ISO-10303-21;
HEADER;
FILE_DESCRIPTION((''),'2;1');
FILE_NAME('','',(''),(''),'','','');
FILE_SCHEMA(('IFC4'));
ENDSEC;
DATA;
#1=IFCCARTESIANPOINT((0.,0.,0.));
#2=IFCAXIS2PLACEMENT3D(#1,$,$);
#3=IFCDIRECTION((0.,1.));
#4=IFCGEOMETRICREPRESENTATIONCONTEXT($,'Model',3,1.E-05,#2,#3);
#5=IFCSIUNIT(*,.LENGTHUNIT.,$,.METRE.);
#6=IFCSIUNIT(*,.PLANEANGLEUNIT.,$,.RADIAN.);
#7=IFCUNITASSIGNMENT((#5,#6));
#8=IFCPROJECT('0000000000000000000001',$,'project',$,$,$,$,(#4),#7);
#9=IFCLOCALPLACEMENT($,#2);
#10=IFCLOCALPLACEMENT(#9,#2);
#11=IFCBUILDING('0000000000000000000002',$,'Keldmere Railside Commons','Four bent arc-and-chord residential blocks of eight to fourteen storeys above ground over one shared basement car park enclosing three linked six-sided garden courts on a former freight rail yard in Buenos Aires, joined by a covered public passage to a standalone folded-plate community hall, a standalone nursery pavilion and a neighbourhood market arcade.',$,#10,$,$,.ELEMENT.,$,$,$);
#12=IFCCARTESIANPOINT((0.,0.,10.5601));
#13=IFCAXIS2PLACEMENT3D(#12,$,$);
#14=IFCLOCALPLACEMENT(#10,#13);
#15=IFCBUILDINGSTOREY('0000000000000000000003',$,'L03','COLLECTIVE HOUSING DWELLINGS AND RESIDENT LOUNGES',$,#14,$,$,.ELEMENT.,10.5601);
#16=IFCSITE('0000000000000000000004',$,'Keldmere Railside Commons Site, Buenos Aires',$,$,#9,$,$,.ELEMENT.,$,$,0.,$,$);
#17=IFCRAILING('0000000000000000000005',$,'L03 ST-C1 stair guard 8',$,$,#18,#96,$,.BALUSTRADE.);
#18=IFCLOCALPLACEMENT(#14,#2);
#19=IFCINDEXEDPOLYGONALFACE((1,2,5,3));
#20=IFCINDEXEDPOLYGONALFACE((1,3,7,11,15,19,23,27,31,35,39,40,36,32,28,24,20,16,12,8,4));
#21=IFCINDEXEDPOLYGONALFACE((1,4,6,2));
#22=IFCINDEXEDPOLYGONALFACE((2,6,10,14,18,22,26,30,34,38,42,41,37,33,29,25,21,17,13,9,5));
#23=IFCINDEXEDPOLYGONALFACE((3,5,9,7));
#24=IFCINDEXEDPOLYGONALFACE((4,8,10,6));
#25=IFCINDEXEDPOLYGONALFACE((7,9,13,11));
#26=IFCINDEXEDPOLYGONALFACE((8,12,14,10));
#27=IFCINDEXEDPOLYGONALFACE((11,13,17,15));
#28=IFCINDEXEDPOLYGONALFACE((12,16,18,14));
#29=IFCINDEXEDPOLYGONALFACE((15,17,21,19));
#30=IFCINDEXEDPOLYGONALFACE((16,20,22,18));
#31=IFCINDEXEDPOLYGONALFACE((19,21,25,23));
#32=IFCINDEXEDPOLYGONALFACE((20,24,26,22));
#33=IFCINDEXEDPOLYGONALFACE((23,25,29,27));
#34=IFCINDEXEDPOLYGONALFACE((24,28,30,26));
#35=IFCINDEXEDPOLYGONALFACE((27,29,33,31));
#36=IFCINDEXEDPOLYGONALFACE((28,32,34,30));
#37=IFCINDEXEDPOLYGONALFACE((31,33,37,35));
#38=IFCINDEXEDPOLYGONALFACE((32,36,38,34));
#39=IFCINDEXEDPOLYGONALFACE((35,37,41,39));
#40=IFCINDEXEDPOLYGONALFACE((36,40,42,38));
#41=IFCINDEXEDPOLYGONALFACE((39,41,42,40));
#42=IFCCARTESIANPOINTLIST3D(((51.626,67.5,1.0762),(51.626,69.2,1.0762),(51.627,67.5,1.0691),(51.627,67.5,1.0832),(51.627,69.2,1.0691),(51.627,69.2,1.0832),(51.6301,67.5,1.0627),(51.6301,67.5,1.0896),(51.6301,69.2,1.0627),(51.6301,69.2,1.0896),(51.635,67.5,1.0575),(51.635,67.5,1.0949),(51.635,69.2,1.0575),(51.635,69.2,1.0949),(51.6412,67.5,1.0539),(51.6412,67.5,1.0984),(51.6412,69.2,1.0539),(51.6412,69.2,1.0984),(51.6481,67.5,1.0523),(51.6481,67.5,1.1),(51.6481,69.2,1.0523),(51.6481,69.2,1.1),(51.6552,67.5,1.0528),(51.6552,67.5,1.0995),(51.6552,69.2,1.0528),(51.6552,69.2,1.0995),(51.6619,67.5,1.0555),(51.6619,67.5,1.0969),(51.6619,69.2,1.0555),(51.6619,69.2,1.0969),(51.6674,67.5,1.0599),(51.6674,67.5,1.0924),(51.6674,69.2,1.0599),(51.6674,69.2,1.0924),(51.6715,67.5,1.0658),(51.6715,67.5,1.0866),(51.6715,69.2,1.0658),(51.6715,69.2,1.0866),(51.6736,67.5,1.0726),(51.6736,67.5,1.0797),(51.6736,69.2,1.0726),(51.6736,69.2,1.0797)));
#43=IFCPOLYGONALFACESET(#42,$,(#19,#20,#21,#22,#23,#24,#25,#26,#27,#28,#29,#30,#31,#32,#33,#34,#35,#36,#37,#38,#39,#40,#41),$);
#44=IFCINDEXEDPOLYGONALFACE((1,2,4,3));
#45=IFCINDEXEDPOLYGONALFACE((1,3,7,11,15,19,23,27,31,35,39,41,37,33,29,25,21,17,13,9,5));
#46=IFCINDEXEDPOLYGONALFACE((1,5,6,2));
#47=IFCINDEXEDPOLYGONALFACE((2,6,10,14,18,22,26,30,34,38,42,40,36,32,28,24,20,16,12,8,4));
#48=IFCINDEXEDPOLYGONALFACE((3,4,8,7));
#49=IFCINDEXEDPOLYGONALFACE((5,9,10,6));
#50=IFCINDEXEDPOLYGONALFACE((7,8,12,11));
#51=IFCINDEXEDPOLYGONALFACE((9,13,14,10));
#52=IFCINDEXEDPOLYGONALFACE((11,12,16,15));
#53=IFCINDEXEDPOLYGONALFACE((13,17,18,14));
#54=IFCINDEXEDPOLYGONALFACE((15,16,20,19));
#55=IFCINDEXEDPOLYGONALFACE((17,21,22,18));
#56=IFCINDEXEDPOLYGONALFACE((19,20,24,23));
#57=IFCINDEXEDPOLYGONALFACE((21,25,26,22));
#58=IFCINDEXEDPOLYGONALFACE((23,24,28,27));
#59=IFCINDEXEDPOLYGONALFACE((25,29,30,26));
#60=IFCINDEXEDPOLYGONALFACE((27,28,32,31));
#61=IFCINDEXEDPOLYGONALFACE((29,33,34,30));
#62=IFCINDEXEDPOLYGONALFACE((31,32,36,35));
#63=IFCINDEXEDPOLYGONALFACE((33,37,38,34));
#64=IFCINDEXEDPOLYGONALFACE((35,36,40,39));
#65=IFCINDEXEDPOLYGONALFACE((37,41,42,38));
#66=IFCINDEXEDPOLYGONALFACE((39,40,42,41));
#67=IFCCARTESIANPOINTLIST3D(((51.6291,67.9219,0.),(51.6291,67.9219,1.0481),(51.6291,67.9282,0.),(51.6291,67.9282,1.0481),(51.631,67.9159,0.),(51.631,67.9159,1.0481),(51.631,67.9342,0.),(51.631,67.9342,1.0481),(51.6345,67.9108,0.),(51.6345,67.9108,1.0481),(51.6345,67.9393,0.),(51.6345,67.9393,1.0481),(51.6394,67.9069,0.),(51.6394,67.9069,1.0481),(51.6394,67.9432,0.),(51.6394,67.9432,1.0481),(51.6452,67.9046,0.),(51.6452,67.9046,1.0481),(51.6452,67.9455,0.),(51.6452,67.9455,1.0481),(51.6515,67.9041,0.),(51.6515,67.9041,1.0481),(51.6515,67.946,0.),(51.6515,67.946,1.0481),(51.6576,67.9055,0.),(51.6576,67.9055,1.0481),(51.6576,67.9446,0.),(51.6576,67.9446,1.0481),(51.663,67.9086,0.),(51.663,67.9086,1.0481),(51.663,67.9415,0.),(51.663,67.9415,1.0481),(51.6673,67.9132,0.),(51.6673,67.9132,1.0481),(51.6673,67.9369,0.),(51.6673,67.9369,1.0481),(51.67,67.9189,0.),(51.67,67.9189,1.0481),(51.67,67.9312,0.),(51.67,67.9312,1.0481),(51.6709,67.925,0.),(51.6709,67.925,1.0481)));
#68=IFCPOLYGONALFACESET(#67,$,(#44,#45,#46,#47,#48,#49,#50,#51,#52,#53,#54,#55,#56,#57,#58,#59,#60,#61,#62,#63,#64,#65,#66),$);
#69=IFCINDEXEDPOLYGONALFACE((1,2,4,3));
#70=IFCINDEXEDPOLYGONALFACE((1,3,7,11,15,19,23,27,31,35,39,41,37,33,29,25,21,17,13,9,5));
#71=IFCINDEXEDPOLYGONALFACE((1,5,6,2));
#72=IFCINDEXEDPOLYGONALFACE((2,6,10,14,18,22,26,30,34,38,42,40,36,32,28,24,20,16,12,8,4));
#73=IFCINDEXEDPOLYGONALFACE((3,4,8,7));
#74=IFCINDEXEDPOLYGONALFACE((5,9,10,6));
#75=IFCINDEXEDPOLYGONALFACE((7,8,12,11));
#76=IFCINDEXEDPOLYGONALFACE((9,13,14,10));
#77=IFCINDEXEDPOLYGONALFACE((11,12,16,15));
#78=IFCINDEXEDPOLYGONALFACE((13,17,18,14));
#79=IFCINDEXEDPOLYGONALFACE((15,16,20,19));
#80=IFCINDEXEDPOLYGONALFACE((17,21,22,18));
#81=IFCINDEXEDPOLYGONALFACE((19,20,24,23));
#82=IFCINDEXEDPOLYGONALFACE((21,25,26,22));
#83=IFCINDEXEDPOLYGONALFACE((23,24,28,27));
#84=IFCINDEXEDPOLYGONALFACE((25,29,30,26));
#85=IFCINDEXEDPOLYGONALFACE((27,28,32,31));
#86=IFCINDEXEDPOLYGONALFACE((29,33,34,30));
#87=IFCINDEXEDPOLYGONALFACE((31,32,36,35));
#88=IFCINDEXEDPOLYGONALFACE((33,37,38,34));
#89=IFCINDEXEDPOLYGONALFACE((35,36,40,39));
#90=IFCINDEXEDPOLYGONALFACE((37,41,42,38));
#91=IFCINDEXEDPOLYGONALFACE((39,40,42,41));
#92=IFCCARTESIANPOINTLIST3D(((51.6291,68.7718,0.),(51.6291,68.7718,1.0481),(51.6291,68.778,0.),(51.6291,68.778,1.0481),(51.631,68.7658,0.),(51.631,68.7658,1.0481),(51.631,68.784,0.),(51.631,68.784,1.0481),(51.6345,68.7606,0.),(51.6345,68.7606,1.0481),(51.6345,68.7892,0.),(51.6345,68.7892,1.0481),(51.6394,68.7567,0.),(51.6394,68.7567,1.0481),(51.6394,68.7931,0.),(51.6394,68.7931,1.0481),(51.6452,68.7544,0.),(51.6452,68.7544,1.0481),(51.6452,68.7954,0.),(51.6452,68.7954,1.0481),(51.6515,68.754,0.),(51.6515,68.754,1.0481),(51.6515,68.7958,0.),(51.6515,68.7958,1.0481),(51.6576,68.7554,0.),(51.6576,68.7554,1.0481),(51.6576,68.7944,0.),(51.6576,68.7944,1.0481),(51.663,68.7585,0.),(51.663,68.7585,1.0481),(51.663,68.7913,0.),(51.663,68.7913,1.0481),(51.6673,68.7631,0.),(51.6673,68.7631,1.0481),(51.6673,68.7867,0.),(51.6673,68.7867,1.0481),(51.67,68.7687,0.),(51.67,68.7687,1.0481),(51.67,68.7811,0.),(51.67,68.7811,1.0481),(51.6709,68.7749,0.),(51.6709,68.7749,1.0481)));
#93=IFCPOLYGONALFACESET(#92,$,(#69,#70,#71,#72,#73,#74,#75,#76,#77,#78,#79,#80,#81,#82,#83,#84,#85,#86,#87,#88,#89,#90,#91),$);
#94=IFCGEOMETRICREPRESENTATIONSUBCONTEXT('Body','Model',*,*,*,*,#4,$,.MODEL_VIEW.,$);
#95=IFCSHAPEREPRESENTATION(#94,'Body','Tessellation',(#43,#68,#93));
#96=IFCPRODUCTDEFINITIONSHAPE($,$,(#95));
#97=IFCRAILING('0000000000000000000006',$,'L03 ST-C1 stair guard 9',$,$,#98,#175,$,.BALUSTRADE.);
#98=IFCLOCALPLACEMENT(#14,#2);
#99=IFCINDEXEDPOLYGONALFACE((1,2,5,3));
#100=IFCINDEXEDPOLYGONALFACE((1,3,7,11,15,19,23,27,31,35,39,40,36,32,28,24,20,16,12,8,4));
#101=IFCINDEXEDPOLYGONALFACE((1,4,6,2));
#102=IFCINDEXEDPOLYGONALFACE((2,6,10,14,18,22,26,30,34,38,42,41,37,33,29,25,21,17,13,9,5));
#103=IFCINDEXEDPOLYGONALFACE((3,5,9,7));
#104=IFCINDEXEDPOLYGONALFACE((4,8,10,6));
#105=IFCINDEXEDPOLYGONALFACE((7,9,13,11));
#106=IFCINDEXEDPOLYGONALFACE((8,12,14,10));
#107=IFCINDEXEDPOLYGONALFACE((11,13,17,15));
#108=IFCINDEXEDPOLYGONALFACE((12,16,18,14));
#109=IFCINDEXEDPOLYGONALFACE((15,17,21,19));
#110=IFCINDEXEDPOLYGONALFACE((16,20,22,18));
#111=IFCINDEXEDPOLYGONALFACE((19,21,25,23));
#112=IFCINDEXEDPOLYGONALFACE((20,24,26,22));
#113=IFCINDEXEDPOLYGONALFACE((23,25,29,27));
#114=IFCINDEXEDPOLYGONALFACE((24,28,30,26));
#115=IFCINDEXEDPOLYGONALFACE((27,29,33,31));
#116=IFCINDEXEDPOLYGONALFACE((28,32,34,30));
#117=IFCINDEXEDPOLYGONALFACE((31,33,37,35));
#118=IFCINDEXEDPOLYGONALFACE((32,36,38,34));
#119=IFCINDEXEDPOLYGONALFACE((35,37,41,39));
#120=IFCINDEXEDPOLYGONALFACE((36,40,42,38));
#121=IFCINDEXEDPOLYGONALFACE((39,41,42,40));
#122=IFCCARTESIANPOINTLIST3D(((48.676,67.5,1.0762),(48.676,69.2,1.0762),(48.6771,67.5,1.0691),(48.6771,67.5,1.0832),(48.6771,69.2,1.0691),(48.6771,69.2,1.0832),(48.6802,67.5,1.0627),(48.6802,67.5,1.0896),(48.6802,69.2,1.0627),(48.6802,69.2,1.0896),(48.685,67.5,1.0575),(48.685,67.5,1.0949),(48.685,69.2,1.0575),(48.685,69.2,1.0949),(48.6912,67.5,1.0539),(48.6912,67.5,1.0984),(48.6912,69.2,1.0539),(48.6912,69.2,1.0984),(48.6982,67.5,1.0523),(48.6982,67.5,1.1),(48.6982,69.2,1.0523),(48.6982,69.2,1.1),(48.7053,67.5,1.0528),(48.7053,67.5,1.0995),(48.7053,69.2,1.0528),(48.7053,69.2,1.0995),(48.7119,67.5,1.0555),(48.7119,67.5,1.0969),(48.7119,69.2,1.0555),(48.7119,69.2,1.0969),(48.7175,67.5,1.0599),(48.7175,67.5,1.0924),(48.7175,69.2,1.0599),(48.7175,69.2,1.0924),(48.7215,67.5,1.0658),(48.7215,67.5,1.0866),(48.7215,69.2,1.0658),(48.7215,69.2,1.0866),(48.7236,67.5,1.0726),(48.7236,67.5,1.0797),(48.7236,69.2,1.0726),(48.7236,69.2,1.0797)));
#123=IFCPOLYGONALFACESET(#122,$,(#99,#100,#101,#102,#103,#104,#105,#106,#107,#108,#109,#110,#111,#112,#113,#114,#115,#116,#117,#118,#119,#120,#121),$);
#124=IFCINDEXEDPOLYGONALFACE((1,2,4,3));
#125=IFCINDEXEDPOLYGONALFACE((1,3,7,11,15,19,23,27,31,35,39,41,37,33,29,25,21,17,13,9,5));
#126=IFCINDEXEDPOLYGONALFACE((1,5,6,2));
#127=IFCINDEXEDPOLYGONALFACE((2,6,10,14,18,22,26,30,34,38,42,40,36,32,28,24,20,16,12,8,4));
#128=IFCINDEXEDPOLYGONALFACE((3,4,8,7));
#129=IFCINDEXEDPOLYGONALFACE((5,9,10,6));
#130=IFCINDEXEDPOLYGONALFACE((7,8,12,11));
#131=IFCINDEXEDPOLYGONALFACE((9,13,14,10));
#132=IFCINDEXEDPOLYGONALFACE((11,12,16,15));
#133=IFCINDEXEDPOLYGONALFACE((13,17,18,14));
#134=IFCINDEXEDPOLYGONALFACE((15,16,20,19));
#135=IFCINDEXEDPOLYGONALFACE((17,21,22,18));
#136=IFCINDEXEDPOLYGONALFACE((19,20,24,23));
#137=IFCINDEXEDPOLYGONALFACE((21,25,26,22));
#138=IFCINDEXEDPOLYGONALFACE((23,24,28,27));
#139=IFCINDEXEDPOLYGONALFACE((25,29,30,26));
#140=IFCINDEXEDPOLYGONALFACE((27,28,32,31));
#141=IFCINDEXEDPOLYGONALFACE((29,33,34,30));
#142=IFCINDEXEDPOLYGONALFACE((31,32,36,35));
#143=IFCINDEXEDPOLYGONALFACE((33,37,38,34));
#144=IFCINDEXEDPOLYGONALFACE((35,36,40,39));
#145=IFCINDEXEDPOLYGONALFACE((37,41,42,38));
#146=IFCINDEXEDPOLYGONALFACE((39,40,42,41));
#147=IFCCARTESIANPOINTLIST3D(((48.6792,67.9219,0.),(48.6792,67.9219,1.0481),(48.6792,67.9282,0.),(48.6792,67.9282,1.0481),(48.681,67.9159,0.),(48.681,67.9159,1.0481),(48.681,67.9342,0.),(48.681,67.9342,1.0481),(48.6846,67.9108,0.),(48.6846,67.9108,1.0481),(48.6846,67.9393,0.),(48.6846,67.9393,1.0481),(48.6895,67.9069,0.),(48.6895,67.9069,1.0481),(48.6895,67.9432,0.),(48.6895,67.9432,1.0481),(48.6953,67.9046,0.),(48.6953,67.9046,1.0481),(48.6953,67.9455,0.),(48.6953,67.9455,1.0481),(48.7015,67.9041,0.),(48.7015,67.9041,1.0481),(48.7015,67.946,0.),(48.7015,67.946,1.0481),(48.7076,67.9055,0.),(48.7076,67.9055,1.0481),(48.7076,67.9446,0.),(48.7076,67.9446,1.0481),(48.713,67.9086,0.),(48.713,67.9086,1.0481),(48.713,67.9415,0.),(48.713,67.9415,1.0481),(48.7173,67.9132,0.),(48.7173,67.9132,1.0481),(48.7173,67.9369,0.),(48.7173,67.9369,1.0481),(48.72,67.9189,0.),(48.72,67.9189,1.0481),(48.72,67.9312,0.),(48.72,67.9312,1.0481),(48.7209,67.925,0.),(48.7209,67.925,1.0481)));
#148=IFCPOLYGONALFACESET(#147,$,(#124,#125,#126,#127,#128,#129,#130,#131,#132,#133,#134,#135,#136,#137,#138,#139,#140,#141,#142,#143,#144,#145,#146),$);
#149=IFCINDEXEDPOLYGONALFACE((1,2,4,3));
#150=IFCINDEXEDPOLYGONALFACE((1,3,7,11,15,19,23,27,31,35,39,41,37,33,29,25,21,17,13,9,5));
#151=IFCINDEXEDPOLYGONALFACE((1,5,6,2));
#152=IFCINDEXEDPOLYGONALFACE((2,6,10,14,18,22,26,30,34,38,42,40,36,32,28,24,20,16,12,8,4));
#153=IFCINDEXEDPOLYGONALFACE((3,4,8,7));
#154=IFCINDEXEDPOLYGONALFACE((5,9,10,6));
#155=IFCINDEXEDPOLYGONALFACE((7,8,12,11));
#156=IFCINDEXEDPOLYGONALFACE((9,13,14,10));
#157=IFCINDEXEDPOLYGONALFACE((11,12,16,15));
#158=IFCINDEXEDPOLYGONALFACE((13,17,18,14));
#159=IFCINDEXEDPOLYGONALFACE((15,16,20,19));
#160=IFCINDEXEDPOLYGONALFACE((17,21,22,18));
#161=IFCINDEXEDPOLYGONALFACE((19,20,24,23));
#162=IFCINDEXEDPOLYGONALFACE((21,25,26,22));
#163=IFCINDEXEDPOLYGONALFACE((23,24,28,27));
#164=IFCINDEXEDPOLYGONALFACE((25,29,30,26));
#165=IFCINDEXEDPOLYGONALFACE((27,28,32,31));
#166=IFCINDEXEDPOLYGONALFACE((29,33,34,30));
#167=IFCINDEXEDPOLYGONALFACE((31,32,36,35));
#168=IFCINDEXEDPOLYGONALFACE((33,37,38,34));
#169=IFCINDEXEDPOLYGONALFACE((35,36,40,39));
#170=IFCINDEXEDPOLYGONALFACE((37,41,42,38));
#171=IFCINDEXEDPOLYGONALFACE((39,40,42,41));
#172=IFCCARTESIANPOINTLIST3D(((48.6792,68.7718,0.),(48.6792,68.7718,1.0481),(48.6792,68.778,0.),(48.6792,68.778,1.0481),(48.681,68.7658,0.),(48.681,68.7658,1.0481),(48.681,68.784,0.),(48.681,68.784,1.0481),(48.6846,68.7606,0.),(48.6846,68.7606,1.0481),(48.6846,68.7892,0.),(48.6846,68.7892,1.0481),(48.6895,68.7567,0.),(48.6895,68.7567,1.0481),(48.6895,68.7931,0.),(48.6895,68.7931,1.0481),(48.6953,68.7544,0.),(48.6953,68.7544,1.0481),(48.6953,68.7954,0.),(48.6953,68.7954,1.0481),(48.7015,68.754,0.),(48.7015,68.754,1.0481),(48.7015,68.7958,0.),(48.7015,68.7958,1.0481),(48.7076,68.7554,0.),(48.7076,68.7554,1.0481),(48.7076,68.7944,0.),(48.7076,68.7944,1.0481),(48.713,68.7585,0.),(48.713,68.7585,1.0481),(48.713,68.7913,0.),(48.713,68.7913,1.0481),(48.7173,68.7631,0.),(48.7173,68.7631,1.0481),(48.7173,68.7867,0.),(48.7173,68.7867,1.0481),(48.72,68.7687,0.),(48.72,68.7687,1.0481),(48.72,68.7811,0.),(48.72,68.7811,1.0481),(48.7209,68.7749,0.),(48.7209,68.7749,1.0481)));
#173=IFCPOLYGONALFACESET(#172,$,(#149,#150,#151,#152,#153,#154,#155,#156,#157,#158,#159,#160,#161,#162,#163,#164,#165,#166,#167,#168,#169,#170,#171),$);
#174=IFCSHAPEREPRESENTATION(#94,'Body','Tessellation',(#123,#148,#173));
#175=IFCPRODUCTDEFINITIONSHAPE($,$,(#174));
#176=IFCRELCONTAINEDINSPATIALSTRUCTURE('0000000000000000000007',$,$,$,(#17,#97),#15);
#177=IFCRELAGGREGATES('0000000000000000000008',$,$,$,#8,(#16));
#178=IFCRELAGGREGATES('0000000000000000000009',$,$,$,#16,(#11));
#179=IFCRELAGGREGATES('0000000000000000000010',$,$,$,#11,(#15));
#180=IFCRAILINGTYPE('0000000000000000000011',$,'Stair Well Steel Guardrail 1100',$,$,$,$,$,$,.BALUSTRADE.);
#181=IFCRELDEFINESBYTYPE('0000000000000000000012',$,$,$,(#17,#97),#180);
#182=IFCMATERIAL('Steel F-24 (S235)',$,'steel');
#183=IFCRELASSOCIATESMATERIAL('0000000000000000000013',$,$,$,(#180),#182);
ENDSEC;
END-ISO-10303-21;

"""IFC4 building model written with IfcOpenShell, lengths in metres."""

from ifc_helpers import new_model, si_unit, direction, frame, origin, origin_2d, place, context, subcontext, project, spatial, circle, extrude, material, type_object, element, save


model = new_model("IFC4")

# Units and contexts
model_context = context("Model", 3, precision=1e-05, world=origin(), true_north=direction((0.0, 1.0)))
body_context = subcontext(model_context, "Body", "Model", "MODEL_VIEW")
ifc_project = project(units=[si_unit("LENGTHUNIT", "METRE"), si_unit("PLANEANGLEUNIT", "RADIAN")], contexts=[model_context])

# Site, building, storey
site_placement = place(None, origin())
site = spatial("IfcSite", under=ifc_project, at=site_placement, Name="Keldmere Railside Commons Site, Buenos Aires", CompositionType="ELEMENT", RefElevation=0.0)
building_placement = place(site_placement, origin())
building = spatial("IfcBuilding", under=site, at=building_placement, Name="Keldmere Railside Commons", Description="Four bent arc-and-chord residential blocks of eight to fourteen storeys above ground over one shared basement car park enclosing three linked six-sided garden courts on a former freight rail yard in Buenos Aires, joined by a covered public passage to a standalone folded-plate community hall, a standalone nursery pavilion and a neighbourhood market arcade.", CompositionType="ELEMENT")
storey_placement = place(building_placement, frame((0.0, 0.0, 10.5601)))
storey = spatial("IfcBuildingStorey", under=building, at=storey_placement, Name="L03", Description="COLLECTIVE HOUSING DWELLINGS AND RESIDENT LOUNGES", CompositionType="ELEMENT", Elevation=10.5601)

# Railings
ifc_material_1 = material(Name="Steel F-24 (S235)", Category="steel")
railing_type_1 = type_object("IfcRailingType", Name="Stair Well Steel Guardrail 1100", PredefinedType="BALUSTRADE", material=ifc_material_1)
for number, where, name in (
    (1, (51.6499, 67.5, 0.0), "L03 ST-C1 stair guard 8"),
    (2, (48.7, 67.5, 0.0), "L03 ST-C1 stair guard 9"),
):
    element("IfcRailing", number, at=place(storey_placement, frame(where)), inside=storey, type_object=railing_type_1, Name=name, PredefinedType="BALUSTRADE", context=body_context, shape_type="SweptSolid", body=[
        extrude(circle(Radius=0.0239, at=origin_2d()), frame((0.0, 0.0, 1.0762), z_axis=(0.0, 1.0, 0.0), x_axis=(-1.0, 0.0, 0.0)), (0.0, 0.0, 1.0), 1.7),
        extrude(circle(Radius=0.021, at=origin_2d()), frame((0.0, 0.425, 0.0)), (0.0, 0.0, 1.0), 1.0481),
        extrude(circle(Radius=0.021, at=origin_2d()), frame((0.0, 1.2749, 0.0)), (0.0, 0.0, 1.0), 1.0481),
    ])

save(model, "model.ifc")
